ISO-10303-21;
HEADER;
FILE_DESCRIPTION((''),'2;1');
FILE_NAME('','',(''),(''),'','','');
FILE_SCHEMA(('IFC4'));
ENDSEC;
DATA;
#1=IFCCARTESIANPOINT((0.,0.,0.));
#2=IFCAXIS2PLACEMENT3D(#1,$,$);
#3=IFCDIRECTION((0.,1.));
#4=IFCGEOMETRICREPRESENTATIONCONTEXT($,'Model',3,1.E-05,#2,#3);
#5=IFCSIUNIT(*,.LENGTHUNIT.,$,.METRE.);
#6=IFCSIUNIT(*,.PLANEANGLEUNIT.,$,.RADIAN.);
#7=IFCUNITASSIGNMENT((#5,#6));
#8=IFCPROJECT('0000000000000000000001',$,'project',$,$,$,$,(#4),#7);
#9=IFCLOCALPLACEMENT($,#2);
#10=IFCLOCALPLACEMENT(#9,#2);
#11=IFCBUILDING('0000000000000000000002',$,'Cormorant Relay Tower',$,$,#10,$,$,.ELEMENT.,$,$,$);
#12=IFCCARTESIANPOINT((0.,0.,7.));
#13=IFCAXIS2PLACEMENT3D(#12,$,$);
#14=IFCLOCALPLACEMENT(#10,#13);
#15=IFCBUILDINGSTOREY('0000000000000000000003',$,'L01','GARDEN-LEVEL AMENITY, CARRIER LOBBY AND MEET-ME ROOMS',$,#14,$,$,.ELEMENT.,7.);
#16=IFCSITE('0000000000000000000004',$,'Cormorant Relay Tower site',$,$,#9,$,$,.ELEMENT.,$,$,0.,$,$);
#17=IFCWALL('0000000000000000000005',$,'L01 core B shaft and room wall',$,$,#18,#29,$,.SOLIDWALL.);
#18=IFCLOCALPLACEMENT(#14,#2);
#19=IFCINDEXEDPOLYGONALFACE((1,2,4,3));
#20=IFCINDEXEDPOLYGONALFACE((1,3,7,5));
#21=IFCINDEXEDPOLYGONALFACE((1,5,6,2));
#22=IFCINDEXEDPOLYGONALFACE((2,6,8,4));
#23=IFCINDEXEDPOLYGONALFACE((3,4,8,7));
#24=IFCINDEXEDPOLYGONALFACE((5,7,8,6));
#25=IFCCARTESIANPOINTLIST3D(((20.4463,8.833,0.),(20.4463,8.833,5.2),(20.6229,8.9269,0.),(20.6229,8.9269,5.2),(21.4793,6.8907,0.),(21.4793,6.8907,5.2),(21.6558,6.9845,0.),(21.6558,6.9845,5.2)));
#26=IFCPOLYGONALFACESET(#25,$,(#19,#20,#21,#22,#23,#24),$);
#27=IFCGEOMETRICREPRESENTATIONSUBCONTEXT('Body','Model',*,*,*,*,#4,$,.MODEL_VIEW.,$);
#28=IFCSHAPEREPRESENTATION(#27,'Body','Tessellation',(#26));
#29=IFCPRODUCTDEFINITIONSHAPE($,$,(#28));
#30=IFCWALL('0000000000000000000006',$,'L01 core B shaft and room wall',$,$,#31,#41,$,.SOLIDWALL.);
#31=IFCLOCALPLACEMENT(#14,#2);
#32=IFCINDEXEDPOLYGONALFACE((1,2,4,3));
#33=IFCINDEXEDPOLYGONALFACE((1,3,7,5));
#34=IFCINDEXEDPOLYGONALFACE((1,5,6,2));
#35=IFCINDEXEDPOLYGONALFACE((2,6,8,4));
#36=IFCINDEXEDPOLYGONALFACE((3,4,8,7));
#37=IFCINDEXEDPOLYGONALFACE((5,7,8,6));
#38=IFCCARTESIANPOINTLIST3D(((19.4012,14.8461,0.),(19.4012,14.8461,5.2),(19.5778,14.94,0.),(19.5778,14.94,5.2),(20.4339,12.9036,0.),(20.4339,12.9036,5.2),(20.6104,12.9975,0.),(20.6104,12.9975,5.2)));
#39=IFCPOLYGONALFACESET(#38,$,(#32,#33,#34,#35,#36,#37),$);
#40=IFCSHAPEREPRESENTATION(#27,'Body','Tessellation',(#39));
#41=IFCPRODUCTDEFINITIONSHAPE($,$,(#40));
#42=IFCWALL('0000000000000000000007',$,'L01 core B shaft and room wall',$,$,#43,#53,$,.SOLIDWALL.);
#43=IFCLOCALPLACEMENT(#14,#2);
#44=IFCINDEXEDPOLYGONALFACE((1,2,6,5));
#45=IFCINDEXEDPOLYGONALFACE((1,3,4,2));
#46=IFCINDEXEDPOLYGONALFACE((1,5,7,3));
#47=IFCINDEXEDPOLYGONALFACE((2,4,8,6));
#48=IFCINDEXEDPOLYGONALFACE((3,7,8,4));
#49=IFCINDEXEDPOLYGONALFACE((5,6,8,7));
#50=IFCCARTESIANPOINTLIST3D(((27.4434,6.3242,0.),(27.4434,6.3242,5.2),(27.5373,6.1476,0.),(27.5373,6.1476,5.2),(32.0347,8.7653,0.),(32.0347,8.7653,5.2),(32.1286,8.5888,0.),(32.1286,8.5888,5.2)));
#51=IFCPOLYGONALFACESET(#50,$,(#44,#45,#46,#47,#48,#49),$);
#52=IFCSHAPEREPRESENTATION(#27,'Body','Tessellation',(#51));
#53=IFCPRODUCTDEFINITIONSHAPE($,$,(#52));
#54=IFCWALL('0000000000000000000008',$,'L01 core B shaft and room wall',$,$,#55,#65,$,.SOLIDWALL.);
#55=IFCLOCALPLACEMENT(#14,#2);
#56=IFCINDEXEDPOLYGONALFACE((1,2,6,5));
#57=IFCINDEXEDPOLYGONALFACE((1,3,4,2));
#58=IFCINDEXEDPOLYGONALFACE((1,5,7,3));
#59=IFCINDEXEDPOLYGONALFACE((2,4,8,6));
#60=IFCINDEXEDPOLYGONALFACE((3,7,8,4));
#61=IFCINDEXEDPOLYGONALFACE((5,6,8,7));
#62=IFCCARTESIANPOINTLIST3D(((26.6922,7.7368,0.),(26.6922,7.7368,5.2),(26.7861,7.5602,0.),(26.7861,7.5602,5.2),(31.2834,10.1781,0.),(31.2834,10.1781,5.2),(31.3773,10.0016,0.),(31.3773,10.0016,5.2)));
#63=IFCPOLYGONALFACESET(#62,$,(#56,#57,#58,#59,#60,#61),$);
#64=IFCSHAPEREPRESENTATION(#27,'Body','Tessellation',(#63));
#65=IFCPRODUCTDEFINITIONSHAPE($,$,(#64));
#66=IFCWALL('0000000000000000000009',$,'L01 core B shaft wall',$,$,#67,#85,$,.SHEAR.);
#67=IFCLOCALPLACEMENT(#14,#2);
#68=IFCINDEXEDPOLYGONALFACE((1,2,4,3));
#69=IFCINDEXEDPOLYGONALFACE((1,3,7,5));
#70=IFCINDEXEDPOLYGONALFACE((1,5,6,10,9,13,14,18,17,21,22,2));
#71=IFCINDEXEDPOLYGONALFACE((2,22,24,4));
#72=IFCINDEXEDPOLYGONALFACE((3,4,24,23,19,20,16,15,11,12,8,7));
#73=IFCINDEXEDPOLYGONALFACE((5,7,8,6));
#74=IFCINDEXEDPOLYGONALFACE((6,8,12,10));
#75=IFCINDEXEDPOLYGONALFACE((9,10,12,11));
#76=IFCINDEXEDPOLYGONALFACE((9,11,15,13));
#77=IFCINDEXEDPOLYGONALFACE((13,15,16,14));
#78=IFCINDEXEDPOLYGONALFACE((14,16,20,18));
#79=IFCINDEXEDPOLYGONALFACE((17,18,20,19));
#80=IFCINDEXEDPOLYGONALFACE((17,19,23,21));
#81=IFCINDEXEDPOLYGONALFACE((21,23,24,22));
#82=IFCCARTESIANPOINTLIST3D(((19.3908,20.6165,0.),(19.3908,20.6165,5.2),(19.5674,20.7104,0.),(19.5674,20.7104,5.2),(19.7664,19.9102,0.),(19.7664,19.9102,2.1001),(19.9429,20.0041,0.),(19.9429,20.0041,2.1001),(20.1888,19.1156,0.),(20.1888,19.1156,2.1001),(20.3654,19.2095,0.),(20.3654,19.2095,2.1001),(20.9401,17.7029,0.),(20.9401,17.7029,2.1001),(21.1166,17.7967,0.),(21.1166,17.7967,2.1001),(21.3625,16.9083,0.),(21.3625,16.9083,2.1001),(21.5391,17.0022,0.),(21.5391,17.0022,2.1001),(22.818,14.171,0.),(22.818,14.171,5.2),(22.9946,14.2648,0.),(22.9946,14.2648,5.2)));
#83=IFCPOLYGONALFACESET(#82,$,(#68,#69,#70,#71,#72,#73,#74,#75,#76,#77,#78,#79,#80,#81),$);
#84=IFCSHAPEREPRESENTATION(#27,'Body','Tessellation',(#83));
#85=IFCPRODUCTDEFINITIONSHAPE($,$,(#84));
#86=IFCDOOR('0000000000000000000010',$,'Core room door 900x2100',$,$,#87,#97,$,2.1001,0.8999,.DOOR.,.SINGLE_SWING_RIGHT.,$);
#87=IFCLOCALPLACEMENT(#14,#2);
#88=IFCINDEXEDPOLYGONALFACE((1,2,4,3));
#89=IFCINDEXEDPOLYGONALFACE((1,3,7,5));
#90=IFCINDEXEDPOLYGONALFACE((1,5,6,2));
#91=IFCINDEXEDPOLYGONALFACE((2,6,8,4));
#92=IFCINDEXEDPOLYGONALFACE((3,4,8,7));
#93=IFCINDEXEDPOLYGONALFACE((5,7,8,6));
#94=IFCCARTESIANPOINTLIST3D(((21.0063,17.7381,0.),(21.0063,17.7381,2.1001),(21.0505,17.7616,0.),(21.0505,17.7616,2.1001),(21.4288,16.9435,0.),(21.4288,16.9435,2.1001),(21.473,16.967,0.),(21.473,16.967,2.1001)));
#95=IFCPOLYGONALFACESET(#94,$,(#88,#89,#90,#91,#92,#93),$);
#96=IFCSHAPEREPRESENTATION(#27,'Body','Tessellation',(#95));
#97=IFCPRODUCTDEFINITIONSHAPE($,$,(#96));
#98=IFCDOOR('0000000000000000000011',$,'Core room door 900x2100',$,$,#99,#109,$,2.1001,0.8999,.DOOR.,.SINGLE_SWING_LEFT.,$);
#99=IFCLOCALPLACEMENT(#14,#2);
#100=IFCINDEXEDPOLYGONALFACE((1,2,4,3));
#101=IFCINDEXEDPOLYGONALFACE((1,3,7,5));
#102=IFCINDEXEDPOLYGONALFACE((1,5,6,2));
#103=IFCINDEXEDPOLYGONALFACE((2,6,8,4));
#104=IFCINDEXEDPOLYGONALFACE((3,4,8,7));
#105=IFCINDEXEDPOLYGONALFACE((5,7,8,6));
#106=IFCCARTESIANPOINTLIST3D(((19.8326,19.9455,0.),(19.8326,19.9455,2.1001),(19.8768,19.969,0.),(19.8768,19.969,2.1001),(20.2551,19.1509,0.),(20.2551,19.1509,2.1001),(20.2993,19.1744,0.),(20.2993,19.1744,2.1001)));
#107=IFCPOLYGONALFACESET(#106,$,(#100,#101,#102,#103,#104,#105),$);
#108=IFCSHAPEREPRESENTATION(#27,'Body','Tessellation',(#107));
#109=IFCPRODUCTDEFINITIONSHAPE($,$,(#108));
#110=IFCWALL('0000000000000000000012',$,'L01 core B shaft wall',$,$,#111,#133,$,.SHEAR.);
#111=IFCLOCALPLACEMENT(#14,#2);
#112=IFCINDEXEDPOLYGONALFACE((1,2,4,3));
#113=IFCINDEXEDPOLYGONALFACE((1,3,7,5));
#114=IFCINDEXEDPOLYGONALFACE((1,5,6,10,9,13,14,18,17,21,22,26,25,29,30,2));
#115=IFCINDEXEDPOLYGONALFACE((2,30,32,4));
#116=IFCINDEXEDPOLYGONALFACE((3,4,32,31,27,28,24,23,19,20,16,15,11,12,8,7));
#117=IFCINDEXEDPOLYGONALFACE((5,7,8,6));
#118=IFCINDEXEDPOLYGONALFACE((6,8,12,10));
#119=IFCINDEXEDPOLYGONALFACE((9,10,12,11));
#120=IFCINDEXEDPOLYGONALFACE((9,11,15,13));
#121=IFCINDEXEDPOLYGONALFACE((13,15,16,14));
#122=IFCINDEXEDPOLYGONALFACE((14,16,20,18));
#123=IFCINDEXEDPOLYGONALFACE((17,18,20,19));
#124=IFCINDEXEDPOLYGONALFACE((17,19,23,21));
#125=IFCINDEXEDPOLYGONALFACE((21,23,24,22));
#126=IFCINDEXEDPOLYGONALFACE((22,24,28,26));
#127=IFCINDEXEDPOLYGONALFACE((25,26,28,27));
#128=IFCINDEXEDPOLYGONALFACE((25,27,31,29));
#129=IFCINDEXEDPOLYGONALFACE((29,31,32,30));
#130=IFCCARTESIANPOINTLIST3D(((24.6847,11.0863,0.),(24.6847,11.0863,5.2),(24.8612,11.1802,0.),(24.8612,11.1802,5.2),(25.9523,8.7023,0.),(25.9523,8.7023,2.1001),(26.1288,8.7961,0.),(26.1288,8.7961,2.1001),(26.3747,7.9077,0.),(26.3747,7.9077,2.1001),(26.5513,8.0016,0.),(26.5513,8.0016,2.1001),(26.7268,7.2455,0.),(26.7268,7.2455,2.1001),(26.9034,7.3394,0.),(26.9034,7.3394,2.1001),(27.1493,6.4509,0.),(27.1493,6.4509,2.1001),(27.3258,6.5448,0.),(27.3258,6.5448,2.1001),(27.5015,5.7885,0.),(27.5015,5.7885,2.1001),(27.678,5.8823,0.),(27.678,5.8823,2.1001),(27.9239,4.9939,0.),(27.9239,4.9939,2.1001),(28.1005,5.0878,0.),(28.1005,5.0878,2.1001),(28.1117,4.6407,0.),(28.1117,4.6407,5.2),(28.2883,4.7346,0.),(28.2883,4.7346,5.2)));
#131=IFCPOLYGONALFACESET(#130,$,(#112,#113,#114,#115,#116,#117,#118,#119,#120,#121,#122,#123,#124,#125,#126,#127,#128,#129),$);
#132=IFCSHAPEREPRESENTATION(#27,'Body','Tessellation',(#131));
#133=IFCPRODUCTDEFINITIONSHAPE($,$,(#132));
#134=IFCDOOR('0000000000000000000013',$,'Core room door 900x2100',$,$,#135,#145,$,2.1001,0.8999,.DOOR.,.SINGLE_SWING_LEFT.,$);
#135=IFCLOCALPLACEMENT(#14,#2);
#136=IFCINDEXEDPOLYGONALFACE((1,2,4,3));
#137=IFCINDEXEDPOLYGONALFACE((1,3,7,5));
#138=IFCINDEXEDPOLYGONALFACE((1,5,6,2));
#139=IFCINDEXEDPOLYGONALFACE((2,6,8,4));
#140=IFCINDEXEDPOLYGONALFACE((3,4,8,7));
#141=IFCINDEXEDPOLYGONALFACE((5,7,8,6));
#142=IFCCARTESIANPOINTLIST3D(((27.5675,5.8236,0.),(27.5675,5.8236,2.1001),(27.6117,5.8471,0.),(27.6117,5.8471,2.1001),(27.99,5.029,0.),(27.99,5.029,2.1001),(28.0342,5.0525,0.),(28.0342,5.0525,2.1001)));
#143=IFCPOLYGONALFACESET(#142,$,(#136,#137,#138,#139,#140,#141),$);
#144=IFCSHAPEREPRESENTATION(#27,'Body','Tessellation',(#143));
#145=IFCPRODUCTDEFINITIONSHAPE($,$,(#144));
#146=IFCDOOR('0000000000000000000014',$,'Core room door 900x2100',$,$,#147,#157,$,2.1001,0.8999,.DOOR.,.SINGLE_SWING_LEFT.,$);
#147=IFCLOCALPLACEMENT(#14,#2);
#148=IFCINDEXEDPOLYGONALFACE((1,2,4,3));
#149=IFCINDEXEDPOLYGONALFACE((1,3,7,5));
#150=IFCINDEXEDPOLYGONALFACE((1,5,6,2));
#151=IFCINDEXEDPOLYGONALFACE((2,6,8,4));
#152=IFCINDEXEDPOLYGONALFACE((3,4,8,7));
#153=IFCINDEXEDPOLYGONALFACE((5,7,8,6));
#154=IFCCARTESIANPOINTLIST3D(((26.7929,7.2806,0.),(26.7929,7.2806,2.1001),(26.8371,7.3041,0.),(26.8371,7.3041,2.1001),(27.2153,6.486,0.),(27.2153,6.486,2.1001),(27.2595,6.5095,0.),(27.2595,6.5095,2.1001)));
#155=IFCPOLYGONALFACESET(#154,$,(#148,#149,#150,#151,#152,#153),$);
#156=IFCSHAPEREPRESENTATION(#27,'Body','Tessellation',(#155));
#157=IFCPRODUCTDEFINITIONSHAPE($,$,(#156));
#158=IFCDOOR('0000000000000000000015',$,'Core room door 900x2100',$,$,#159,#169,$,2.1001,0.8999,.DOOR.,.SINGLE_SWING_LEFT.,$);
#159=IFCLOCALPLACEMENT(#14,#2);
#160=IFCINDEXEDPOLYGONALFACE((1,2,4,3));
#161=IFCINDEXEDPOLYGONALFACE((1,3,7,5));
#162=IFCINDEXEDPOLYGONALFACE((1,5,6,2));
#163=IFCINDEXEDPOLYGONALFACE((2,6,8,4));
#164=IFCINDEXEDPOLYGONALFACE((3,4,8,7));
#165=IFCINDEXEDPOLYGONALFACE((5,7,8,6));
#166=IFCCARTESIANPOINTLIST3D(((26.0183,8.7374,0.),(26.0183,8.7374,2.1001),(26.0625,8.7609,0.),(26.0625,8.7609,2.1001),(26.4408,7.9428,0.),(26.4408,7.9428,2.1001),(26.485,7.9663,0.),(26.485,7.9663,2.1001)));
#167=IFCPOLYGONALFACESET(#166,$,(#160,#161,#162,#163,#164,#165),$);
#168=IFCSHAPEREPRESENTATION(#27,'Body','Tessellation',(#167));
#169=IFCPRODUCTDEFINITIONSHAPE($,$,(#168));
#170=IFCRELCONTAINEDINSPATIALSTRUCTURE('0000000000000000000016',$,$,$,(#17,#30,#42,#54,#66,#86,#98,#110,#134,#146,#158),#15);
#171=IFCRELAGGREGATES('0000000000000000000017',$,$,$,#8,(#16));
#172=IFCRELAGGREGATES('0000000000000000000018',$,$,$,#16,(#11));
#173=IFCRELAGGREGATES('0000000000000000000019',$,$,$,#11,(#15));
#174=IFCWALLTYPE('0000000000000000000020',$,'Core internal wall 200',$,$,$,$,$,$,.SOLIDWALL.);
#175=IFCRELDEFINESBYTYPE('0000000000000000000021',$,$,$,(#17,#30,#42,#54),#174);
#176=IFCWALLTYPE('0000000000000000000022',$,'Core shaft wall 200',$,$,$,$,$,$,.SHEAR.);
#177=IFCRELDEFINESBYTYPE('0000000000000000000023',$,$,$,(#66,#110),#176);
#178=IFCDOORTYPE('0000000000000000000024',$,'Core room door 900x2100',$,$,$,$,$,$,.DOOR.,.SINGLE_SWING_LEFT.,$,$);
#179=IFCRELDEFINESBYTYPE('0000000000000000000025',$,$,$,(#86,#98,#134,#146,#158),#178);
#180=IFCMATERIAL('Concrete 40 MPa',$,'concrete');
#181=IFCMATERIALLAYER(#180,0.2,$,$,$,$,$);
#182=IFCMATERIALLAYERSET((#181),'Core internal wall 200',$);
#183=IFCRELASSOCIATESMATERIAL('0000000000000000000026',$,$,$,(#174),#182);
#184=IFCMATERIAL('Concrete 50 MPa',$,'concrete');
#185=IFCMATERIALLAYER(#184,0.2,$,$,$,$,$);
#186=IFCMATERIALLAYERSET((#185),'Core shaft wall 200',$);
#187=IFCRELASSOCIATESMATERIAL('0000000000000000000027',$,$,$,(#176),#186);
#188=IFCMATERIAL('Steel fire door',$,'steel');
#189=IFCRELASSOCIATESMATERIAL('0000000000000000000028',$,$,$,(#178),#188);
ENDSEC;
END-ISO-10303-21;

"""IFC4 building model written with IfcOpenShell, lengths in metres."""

from ifc_helpers import new_model, si_unit, direction, frame, frame_2d, origin, place, context, subcontext, project, spatial, rectangle, extrude, material, layer, layer_set, type_object, element, fill, save


model = new_model("IFC4")

# Units and contexts
model_context = context("Model", 3, precision=1e-05, world=origin(), true_north=direction((0.0, 1.0)))
body_context = subcontext(model_context, "Body", "Model", "MODEL_VIEW")
ifc_project = project(units=[si_unit("LENGTHUNIT", "METRE"), si_unit("PLANEANGLEUNIT", "RADIAN")], contexts=[model_context])

# Site, building, storey
site_placement = place(None, origin())
site = spatial("IfcSite", under=ifc_project, at=site_placement, Name="Cormorant Relay Tower site", CompositionType="ELEMENT", RefElevation=0.0)
building_placement = place(site_placement, origin())
building = spatial("IfcBuilding", under=site, at=building_placement, Name="Cormorant Relay Tower", CompositionType="ELEMENT")
storey_placement = place(building_placement, frame((0.0, 0.0, 7.0)))
storey = spatial("IfcBuildingStorey", under=building, at=storey_placement, Name="L01", Description="GARDEN-LEVEL AMENITY, CARRIER LOBBY AND MEET-ME ROOMS", CompositionType="ELEMENT", Elevation=7.0)

# Walls
ifc_material_1 = material(Name="Concrete 40 MPa", Category="concrete")
ifc_layer_1 = layer(ifc_material_1, 0.2)
ifc_layer_set_1 = layer_set([ifc_layer_1], Name="Core internal wall 200")
wall_type_1 = type_object("IfcWallType", Name="Core internal wall 200", PredefinedType="SOLIDWALL", material=ifc_layer_set_1)
for number, where, z_axis, x_axis, name in (
    (1, (21.5676, 6.9375, 0.0), (0.0, 0.0, 1.0), (-0.469534, 0.882914, 0.0), "L01 core B shaft and room wall"),
    (2, (20.5222, 12.9504, 0.0), (0.0, 0.0, 1.0), (-0.469401, 0.882985, 0.0), "L01 core B shaft and room wall"),
):
    element("IfcWall", number, at=place(storey_placement, frame(where, z_axis=z_axis, x_axis=x_axis)), inside=storey, type_object=wall_type_1, Name=name, PredefinedType="SOLIDWALL", context=body_context, shape_type="SweptSolid", body=[
        extrude(rectangle(XDim=2.2, YDim=0.2, at=frame_2d((1.1001, 0.0))), origin(), (0.0, 0.0, 1.0), 5.2),
    ])
for number, where, z_axis, x_axis, name in (
    (3, (27.4902, 6.2358, 0.0), (0.0, 0.0, 1.0), (0.882954, 0.46946, 0.0), "L01 core B shaft and room wall"),
    (4, (26.739, 7.6484, 0.0), (0.0, 0.0, 1.0), (0.882935, 0.469496, 0.0), "L01 core B shaft and room wall"),
):
    element("IfcWall", number, at=place(storey_placement, frame(where, z_axis=z_axis, x_axis=x_axis)), inside=storey, type_object=wall_type_1, Name=name, PredefinedType="SOLIDWALL", context=body_context, shape_type="SweptSolid", body=[
        extrude(rectangle(XDim=5.2, YDim=0.2, at=frame_2d((2.6001, 0.0))), origin(), (0.0, 0.0, 1.0), 5.2),
    ])

# Walls, openings, doors
ifc_material_2 = material(Name="Concrete 50 MPa", Category="concrete")
ifc_layer_2 = layer(ifc_material_2, 0.2)
ifc_layer_set_2 = layer_set([ifc_layer_2], Name="Core shaft wall 200")
wall_type_2 = type_object("IfcWallType", Name="Core shaft wall 200", PredefinedType="SHEAR", material=ifc_layer_set_2)
wall_1_placement = place(storey_placement, frame((22.9062, 14.218, 0.0), z_axis=(0.0, 0.0, 1.0), x_axis=(-0.46948, 0.882943, 0.0)))
wall_1 = element("IfcWall", 5, at=wall_1_placement, inside=storey, type_object=wall_type_2, Name="L01 core B shaft wall", PredefinedType="SHEAR", context=body_context, shape_type="SweptSolid", body=[
    extrude(rectangle(XDim=7.3, YDim=0.2, at=frame_2d((3.6499, 0.0))), origin(), (0.0, 0.0, 1.0), 5.2),
])
opening_1_placement = place(wall_1_placement, frame((3.1001, 0.0, 0.0)))
opening_1 = element("IfcOpeningElement", 6, at=opening_1_placement, cuts=wall_1, PredefinedType="OPENING", context=body_context, shape_type="SweptSolid", body=[
    extrude(rectangle(XDim=0.8999, YDim=2.1001, at=frame_2d((0.45, 1.05))), frame((0.0, 0.1099, 0.0), z_axis=(0.0, -1.0, 0.0), x_axis=(1.0, 0.0, 0.0)), (0.0, 0.0, 1.0), 0.22),
])
opening_2_placement = place(wall_1_placement, frame((5.6001, 0.0, 0.0)))
opening_2 = element("IfcOpeningElement", 7, at=opening_2_placement, cuts=wall_1, PredefinedType="OPENING", context=body_context, shape_type="SweptSolid", body=[
    extrude(rectangle(XDim=0.8999, YDim=2.1001, at=frame_2d((0.45, 1.05))), frame((0.0, 0.1099, 0.0), z_axis=(0.0, -1.0, 0.0), x_axis=(1.0, 0.0, 0.0)), (0.0, 0.0, 1.0), 0.22),
])
ifc_material_3 = material(Name="Steel fire door", Category="steel")
door_type_1 = type_object("IfcDoorType", Name="Core room door 900x2100", OperationType="SINGLE_SWING_LEFT", PredefinedType="DOOR", material=ifc_material_3)
door_1_placement = place(opening_1_placement, origin())
door_1 = element("IfcDoor", 8, at=door_1_placement, inside=storey, type_object=door_type_1, Name="Core room door 900x2100", OperationType="SINGLE_SWING_RIGHT", OverallHeight=2.1001, OverallWidth=0.8999, PredefinedType="DOOR", context=body_context, shape_type="SweptSolid", body=[
    extrude(rectangle(XDim=0.8999, YDim=2.1001, at=frame_2d((0.45, 1.05))), frame((0.0, 0.0249, 0.0), z_axis=(0.0, -1.0, 0.0), x_axis=(1.0, 0.0, 0.0)), (0.0, 0.0, 1.0), 0.05),
])
fill(opening_1, door_1)
door_2_placement = place(opening_2_placement, origin())
door_2 = element("IfcDoor", 9, at=door_2_placement, inside=storey, type_object=door_type_1, Name="Core room door 900x2100", OperationType="SINGLE_SWING_LEFT", OverallHeight=2.1001, OverallWidth=0.8999, PredefinedType="DOOR", context=body_context, shape_type="SweptSolid", body=[
    extrude(rectangle(XDim=0.8999, YDim=2.1001, at=frame_2d((0.45, 1.05))), frame((0.0, 0.0249, 0.0), z_axis=(0.0, -1.0, 0.0), x_axis=(1.0, 0.0, 0.0)), (0.0, 0.0, 1.0), 0.05),
])
fill(opening_2, door_2)
wall_2_placement = place(storey_placement, frame((28.2, 4.6877, 0.0), z_axis=(0.0, 0.0, 1.0), x_axis=(-0.469454, 0.882957, 0.0)))
wall_2 = element("IfcWall", 10, at=wall_2_placement, inside=storey, type_object=wall_type_2, Name="L01 core B shaft wall", PredefinedType="SHEAR", context=body_context, shape_type="SweptSolid", body=[
    extrude(rectangle(XDim=7.3, YDim=0.2, at=frame_2d((3.6499, 0.0))), origin(), (0.0, 0.0, 1.0), 5.2),
])
opening_3_placement = place(wall_2_placement, frame((0.3999, 0.0, 0.0)))
opening_3 = element("IfcOpeningElement", 11, at=opening_3_placement, cuts=wall_2, PredefinedType="OPENING", context=body_context, shape_type="SweptSolid", body=[
    extrude(rectangle(XDim=0.8999, YDim=2.1001, at=frame_2d((0.45, 1.05))), frame((0.0, 0.1099, 0.0), z_axis=(0.0, -1.0, 0.0), x_axis=(1.0, 0.0, 0.0)), (0.0, 0.0, 1.0), 0.22),
])
opening_4_placement = place(wall_2_placement, frame((2.05, 0.0, 0.0)))
opening_4 = element("IfcOpeningElement", 12, at=opening_4_placement, cuts=wall_2, PredefinedType="OPENING", context=body_context, shape_type="SweptSolid", body=[
    extrude(rectangle(XDim=0.8999, YDim=2.1001, at=frame_2d((0.45, 1.05))), frame((0.0, 0.1099, 0.0), z_axis=(0.0, -1.0, 0.0), x_axis=(1.0, 0.0, 0.0)), (0.0, 0.0, 1.0), 0.22),
])
opening_5_placement = place(wall_2_placement, frame((3.7, 0.0, 0.0)))
opening_5 = element("IfcOpeningElement", 13, at=opening_5_placement, cuts=wall_2, PredefinedType="OPENING", context=body_context, shape_type="SweptSolid", body=[
    extrude(rectangle(XDim=0.8999, YDim=2.1001, at=frame_2d((0.45, 1.05))), frame((0.0, 0.1099, 0.0), z_axis=(0.0, -1.0, 0.0), x_axis=(1.0, 0.0, 0.0)), (0.0, 0.0, 1.0), 0.22),
])
door_3_placement = place(opening_3_placement, frame((0.8999, 0.0, 0.0), z_axis=(0.0, 0.0, 1.0), x_axis=(-1.0, 0.0, 0.0)))
door_3 = element("IfcDoor", 14, at=door_3_placement, inside=storey, type_object=door_type_1, Name="Core room door 900x2100", OperationType="SINGLE_SWING_LEFT", OverallHeight=2.1001, OverallWidth=0.8999, PredefinedType="DOOR", context=body_context, shape_type="SweptSolid", body=[
    extrude(rectangle(XDim=0.8999, YDim=2.1001, at=frame_2d((0.45, 1.05))), frame((0.0, 0.0249, 0.0), z_axis=(0.0, -1.0, 0.0), x_axis=(1.0, 0.0, 0.0)), (0.0, 0.0, 1.0), 0.05),
])
fill(opening_3, door_3)
door_4_placement = place(opening_4_placement, frame((0.8999, 0.0, 0.0), z_axis=(0.0, 0.0, 1.0), x_axis=(-1.0, 0.0, 0.0)))
door_4 = element("IfcDoor", 15, at=door_4_placement, inside=storey, type_object=door_type_1, Name="Core room door 900x2100", OperationType="SINGLE_SWING_LEFT", OverallHeight=2.1001, OverallWidth=0.8999, PredefinedType="DOOR", context=body_context, shape_type="SweptSolid", body=[
    extrude(rectangle(XDim=0.8999, YDim=2.1001, at=frame_2d((0.45, 1.05))), frame((0.0, 0.0249, 0.0), z_axis=(0.0, -1.0, 0.0), x_axis=(1.0, 0.0, 0.0)), (0.0, 0.0, 1.0), 0.05),
])
fill(opening_4, door_4)
door_5_placement = place(opening_5_placement, frame((0.8999, 0.0, 0.0), z_axis=(0.0, 0.0, 1.0), x_axis=(-1.0, 0.0, 0.0)))
door_5 = element("IfcDoor", 16, at=door_5_placement, inside=storey, type_object=door_type_1, Name="Core room door 900x2100", OperationType="SINGLE_SWING_LEFT", OverallHeight=2.1001, OverallWidth=0.8999, PredefinedType="DOOR", context=body_context, shape_type="SweptSolid", body=[
    extrude(rectangle(XDim=0.8999, YDim=2.1001, at=frame_2d((0.45, 1.05))), frame((0.0, 0.0249, 0.0), z_axis=(0.0, -1.0, 0.0), x_axis=(1.0, 0.0, 0.0)), (0.0, 0.0, 1.0), 0.05),
])
fill(opening_5, door_5)

save(model, "model.ifc")
